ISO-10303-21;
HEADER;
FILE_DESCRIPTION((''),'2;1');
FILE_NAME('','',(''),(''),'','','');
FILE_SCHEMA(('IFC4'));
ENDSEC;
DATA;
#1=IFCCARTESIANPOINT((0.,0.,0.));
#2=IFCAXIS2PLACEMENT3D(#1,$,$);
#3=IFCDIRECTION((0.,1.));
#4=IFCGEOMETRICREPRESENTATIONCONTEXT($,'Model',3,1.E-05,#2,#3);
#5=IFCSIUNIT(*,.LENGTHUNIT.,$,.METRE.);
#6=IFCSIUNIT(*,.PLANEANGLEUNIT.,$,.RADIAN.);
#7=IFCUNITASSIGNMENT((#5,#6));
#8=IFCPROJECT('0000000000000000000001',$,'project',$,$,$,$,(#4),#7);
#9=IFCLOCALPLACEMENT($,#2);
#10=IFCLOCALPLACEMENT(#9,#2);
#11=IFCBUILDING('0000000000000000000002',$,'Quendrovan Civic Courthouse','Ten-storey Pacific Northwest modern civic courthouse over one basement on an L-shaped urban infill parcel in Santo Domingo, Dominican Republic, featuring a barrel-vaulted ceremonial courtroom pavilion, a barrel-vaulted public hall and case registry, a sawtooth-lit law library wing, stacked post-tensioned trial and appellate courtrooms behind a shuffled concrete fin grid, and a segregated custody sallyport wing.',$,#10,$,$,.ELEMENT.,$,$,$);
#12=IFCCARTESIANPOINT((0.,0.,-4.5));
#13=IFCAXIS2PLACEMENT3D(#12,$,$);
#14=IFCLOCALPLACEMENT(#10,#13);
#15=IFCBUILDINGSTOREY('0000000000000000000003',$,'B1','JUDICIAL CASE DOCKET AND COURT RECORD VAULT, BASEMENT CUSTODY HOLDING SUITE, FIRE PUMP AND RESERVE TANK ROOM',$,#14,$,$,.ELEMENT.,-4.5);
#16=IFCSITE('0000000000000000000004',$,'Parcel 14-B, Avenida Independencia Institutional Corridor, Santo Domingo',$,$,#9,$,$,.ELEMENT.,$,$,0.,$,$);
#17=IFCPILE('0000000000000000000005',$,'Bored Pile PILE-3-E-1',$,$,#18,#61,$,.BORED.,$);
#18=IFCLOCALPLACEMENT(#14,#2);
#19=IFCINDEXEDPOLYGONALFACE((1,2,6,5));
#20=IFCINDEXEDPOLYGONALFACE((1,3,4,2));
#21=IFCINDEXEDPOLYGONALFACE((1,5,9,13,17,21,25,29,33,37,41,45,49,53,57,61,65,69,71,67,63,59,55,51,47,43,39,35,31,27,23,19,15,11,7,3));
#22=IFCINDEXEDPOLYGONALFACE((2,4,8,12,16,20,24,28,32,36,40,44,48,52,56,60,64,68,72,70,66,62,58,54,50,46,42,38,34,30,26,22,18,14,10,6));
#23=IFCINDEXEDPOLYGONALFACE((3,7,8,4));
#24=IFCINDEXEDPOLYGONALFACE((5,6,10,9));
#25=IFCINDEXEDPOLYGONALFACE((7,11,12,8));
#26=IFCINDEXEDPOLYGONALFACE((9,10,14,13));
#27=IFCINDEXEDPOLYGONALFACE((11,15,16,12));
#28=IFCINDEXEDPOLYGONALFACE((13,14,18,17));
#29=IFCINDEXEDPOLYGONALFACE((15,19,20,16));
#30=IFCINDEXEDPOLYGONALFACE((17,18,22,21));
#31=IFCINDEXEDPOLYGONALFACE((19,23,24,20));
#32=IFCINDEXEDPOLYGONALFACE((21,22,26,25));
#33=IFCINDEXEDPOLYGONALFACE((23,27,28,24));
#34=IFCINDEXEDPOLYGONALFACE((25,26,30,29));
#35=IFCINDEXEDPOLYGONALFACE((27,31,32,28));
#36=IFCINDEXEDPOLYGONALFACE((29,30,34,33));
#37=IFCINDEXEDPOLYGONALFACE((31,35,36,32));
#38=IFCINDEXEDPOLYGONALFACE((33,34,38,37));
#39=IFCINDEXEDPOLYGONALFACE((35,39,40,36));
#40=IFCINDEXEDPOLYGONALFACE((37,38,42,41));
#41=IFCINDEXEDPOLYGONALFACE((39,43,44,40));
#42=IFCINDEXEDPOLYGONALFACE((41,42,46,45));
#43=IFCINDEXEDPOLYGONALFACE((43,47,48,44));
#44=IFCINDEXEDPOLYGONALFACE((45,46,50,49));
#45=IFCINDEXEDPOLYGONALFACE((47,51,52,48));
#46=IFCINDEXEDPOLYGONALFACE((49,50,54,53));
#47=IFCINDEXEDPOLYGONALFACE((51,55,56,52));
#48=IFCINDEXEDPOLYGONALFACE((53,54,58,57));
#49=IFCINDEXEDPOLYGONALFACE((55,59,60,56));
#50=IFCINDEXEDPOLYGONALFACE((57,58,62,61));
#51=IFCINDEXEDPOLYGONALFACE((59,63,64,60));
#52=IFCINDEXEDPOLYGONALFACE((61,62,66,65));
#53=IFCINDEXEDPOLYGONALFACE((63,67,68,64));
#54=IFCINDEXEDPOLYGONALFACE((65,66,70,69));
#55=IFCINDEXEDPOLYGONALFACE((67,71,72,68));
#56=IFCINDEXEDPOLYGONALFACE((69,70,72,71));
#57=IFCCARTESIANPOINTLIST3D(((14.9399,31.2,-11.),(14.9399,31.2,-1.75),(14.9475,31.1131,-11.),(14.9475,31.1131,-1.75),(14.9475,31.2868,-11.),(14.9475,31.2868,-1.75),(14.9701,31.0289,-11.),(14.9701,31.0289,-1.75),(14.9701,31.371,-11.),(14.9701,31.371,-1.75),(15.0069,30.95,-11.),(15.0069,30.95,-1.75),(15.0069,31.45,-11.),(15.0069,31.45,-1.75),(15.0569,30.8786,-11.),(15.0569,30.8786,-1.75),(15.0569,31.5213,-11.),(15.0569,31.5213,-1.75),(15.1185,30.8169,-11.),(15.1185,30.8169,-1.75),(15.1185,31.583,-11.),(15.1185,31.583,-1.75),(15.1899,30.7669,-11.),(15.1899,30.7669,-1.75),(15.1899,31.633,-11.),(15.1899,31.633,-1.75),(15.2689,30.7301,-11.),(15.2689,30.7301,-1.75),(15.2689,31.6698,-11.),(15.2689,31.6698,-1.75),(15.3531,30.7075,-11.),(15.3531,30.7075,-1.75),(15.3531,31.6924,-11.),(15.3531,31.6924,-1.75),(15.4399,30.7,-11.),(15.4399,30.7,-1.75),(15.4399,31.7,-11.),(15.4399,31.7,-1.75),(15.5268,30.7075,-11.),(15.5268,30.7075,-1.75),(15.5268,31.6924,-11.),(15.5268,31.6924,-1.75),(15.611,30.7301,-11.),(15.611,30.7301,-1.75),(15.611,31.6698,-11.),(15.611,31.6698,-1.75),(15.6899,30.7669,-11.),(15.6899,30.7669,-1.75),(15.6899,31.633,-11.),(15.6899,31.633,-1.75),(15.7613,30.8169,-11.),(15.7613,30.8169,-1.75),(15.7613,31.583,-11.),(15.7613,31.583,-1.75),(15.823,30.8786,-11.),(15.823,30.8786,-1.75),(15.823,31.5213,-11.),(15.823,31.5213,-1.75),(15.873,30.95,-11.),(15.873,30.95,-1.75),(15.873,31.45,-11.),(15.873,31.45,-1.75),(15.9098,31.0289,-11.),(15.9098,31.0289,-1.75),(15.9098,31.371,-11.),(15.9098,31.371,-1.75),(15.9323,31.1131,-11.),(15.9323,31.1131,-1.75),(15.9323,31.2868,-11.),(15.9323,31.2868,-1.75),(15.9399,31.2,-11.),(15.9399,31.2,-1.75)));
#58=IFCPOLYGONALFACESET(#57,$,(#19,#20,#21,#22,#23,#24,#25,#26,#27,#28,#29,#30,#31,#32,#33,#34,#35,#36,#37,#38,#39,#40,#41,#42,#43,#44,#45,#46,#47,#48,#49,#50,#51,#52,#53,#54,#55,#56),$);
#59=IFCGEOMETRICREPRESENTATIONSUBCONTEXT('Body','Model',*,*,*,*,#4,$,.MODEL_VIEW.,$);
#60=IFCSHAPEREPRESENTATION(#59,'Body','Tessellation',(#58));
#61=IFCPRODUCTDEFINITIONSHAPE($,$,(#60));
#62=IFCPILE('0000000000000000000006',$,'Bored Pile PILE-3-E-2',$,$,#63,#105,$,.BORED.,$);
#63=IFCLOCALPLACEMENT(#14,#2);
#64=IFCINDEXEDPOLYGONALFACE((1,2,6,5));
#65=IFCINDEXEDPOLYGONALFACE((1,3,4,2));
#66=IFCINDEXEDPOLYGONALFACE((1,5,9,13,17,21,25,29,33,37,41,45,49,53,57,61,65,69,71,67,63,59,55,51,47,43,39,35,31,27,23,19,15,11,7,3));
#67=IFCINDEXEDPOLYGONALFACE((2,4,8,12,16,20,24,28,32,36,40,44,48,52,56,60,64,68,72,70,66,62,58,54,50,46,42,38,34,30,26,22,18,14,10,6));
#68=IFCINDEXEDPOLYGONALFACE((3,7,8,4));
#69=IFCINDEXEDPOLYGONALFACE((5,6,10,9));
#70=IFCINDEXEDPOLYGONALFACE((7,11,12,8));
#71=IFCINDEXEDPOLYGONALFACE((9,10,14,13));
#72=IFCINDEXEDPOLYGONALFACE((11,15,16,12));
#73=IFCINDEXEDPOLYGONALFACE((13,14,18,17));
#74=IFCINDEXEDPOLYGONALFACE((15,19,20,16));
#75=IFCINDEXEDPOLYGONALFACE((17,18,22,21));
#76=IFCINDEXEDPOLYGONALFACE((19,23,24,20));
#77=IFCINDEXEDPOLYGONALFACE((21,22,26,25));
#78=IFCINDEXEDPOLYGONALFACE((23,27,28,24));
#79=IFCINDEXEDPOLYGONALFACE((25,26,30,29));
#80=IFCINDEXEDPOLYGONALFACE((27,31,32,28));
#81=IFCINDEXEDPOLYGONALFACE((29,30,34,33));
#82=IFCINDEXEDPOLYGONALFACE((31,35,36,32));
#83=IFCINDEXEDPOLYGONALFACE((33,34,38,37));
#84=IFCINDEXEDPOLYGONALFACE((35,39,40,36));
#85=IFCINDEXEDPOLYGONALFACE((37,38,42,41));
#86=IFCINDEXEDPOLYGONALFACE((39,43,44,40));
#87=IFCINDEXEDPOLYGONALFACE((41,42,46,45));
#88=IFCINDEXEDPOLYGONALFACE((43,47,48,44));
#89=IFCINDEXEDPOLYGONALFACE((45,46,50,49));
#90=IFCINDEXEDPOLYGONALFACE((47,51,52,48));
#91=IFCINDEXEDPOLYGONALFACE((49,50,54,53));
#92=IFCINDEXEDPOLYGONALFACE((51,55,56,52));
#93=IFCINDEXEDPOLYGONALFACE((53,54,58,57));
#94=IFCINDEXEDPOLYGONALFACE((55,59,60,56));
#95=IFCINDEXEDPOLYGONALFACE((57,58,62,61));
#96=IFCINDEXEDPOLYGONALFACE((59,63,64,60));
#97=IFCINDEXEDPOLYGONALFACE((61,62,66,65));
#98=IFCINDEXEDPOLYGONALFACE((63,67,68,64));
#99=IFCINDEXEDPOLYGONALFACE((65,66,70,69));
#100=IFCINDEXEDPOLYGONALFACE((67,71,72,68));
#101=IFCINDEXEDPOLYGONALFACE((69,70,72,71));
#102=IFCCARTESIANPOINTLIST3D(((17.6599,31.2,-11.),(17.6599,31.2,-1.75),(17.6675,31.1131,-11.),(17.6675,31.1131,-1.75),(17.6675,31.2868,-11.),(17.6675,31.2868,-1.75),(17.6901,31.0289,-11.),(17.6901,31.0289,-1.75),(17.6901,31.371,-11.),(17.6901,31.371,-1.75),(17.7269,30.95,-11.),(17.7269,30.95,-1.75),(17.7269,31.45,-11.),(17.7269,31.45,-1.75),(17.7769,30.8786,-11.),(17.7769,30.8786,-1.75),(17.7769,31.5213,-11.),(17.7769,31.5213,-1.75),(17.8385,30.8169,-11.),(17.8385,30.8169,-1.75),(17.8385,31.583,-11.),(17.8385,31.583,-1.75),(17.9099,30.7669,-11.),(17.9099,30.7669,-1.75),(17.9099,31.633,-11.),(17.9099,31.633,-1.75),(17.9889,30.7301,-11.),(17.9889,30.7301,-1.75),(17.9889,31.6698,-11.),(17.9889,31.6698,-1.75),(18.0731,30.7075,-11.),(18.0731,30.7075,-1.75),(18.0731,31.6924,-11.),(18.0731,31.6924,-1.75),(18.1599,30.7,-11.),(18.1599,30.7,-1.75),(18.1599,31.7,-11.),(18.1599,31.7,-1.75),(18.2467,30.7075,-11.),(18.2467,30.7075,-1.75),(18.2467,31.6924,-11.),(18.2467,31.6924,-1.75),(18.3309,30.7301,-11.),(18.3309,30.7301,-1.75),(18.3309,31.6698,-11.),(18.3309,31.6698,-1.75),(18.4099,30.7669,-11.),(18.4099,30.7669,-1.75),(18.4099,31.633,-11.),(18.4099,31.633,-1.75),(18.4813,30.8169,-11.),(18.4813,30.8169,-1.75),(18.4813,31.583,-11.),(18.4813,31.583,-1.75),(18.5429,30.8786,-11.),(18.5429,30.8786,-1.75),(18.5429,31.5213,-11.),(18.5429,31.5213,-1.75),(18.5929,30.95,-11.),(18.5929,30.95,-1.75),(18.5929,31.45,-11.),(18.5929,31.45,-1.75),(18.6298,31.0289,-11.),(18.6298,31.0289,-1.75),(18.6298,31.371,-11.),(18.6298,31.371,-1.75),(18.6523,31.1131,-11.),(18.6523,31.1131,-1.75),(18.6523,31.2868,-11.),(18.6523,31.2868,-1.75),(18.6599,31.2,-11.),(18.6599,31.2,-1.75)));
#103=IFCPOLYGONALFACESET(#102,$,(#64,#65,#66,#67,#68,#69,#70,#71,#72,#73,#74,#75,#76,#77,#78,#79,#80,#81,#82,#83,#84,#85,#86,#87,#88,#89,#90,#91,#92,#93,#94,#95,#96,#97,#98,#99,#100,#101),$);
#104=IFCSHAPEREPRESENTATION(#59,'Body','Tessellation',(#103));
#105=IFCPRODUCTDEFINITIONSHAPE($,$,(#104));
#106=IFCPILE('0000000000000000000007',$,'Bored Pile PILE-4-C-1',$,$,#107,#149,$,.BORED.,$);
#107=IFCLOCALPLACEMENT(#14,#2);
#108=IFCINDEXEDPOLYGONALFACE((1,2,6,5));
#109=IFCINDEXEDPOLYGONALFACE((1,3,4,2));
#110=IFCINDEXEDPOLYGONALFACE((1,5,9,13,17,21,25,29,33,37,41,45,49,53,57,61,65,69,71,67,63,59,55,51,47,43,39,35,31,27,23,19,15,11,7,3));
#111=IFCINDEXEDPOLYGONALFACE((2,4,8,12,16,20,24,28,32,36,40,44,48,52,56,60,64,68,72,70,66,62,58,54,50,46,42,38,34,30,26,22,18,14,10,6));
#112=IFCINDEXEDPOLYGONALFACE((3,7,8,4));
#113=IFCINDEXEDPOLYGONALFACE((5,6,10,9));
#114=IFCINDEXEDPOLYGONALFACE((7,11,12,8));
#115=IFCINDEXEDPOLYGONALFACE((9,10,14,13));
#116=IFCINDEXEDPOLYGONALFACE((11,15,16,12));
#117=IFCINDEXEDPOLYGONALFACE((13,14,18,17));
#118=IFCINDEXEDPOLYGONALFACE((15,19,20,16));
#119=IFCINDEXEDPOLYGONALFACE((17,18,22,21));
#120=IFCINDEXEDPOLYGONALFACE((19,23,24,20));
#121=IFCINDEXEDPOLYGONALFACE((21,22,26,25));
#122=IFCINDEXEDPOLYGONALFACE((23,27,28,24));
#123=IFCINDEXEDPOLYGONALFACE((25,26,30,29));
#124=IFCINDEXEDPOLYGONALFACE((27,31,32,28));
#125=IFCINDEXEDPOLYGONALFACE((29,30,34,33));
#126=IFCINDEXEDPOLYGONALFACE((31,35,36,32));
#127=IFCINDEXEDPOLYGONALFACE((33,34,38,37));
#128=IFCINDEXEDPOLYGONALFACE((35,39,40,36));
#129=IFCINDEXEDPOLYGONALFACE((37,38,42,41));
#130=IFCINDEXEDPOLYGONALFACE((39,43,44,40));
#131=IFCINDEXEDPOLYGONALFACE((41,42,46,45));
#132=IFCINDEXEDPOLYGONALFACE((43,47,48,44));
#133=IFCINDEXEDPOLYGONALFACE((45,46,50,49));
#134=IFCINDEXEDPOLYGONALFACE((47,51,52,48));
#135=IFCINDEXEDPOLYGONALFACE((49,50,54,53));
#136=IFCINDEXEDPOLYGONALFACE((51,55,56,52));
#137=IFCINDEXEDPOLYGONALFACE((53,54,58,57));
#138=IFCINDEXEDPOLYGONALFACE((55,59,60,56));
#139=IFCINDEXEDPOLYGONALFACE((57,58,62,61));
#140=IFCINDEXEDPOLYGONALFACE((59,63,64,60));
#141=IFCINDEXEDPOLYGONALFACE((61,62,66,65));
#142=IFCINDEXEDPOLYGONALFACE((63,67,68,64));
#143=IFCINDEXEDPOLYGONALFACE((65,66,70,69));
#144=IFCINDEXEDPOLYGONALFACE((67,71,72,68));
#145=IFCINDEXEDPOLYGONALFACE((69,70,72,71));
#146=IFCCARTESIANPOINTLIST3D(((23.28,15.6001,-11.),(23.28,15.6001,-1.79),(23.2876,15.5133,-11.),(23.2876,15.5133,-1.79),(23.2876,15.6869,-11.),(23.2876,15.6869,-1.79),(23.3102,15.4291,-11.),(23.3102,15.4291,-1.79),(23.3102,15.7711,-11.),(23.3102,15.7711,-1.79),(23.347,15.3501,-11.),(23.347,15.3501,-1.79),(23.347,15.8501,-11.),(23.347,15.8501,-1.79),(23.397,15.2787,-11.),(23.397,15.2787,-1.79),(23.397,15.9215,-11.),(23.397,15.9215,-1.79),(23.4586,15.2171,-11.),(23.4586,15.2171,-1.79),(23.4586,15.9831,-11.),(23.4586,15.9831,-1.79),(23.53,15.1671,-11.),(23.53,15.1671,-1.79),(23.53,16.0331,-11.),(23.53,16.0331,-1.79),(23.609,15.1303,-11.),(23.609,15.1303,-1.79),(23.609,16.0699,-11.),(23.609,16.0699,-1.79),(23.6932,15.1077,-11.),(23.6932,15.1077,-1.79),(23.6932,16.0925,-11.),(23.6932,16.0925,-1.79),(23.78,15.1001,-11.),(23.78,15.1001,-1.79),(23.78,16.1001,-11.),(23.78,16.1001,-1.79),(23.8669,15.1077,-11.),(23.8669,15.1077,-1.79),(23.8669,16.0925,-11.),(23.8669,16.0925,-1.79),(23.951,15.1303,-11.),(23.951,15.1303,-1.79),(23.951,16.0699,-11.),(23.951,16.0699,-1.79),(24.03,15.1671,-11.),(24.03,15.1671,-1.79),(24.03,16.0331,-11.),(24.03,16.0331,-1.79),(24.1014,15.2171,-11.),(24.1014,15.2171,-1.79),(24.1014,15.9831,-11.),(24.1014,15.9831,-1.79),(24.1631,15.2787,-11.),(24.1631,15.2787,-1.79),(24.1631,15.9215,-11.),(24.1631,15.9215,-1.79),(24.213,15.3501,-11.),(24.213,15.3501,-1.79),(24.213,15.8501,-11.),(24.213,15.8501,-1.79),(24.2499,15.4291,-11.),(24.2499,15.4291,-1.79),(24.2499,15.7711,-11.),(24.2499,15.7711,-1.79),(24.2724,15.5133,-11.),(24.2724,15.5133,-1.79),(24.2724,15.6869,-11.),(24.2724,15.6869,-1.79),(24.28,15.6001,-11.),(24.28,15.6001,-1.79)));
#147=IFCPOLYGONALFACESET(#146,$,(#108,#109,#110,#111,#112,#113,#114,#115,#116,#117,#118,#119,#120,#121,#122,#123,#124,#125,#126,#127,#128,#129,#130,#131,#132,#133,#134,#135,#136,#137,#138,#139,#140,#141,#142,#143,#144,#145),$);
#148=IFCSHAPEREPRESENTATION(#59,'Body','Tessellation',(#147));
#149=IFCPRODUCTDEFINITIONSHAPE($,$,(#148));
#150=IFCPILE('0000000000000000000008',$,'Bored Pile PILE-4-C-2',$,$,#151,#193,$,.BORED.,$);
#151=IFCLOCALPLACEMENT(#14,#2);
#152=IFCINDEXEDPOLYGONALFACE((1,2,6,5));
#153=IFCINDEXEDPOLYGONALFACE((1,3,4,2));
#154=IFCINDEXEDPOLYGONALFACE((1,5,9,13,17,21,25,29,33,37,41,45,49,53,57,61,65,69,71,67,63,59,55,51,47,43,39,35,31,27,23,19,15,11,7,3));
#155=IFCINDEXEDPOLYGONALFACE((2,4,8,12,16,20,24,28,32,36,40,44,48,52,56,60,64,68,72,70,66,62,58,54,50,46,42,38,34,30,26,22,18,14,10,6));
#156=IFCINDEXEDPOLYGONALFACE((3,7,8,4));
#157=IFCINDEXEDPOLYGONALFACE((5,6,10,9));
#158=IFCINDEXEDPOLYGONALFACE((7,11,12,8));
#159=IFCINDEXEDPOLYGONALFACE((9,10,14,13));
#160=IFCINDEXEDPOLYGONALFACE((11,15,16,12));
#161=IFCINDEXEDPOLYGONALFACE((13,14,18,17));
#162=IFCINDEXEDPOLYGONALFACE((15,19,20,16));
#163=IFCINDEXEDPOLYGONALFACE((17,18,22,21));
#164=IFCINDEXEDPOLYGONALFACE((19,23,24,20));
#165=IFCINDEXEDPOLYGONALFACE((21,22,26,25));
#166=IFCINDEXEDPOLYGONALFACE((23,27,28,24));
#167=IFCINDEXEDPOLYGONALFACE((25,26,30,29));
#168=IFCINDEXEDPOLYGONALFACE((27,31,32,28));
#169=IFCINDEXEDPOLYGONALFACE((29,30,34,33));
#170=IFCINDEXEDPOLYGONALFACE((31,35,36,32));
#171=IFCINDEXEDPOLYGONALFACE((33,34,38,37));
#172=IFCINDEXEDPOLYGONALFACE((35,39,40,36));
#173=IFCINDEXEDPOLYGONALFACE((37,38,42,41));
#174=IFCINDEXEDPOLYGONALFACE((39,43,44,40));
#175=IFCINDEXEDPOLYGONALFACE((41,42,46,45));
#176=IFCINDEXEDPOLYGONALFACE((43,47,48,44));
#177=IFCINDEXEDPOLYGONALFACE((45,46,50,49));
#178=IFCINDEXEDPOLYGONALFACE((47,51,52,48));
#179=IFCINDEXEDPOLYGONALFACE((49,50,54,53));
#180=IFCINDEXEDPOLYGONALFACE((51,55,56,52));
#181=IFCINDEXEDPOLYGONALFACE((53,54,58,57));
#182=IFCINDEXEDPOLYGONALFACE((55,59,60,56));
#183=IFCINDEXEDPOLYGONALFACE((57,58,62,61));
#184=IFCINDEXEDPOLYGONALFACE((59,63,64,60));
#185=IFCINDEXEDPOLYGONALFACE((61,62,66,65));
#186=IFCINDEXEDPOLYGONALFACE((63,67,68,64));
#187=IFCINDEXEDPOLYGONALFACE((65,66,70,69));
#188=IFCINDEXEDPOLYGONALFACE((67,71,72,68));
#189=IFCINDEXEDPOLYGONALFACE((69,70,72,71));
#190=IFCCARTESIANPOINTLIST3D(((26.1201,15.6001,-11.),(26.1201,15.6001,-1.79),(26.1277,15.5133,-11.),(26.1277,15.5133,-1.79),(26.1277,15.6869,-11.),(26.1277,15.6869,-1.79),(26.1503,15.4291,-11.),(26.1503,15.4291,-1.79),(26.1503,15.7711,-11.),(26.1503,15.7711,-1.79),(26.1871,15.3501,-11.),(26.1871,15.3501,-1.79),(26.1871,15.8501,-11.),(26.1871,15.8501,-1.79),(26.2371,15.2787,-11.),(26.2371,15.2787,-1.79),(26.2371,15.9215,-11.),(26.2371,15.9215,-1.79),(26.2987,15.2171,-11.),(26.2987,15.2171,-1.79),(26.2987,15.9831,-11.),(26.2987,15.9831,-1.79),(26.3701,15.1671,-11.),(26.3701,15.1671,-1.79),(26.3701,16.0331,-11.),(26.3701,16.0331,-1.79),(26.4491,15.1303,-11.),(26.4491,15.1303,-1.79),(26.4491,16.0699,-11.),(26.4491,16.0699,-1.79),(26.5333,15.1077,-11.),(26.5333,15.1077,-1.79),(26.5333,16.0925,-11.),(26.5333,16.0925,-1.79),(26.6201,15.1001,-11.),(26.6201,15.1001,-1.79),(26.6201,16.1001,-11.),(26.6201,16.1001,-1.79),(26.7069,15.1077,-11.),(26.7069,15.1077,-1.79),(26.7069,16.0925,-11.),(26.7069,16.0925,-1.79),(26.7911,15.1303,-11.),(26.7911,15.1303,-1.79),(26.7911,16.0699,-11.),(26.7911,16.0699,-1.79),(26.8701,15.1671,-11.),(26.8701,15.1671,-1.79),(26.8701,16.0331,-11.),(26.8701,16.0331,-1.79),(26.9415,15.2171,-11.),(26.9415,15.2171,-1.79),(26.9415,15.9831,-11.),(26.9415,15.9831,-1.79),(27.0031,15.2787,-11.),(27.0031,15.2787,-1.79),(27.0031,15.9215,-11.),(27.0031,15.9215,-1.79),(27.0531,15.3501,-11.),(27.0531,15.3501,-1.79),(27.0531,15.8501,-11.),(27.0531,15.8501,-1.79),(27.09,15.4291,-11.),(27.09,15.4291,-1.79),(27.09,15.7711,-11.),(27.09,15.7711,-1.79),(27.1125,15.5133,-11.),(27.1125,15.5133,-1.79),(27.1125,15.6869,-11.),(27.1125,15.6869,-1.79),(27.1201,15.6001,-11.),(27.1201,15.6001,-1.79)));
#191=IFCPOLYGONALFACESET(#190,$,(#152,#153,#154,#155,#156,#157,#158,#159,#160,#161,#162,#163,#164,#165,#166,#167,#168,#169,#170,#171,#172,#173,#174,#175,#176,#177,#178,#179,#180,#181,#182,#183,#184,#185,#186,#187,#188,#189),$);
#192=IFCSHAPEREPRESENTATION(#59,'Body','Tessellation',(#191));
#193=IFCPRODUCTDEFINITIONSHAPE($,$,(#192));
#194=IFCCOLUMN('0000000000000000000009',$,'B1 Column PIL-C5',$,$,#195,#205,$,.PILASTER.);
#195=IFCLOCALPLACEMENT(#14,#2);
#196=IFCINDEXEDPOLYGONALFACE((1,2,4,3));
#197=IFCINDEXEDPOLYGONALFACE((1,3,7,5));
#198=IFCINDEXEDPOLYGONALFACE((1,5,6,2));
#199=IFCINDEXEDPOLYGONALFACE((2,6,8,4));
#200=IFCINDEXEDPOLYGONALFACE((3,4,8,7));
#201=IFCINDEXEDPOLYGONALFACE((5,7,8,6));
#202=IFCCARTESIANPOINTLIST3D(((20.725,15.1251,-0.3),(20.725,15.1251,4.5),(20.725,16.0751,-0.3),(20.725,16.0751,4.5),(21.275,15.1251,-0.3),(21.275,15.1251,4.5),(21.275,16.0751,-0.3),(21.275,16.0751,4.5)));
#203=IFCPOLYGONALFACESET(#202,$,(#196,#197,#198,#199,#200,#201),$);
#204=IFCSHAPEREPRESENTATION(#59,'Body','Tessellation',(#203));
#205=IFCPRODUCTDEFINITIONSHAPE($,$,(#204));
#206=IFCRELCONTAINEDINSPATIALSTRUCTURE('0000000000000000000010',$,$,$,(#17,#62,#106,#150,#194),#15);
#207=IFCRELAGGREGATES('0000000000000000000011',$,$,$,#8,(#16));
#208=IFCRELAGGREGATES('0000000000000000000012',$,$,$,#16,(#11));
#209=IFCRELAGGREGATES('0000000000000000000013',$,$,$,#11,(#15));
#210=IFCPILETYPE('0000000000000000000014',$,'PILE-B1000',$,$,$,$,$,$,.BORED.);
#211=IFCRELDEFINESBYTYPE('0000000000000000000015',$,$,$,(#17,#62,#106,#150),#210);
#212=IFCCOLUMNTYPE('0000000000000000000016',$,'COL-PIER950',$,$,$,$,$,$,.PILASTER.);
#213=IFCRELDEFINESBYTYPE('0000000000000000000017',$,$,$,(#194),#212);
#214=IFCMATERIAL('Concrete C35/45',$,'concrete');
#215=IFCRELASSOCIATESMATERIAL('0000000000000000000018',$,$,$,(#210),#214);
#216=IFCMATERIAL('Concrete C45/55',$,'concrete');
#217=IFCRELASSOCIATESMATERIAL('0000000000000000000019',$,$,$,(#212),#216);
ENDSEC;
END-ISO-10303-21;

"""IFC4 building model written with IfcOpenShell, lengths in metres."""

from ifc_helpers import new_model, si_unit, direction, frame, origin, origin_2d, place, context, subcontext, project, spatial, rectangle, circle, extrude, material, material_profile, profile_set, type_object, element, save


model = new_model("IFC4")

# Units and contexts
model_context = context("Model", 3, precision=1e-05, world=origin(), true_north=direction((0.0, 1.0)))
body_context = subcontext(model_context, "Body", "Model", "MODEL_VIEW")
ifc_project = project(units=[si_unit("LENGTHUNIT", "METRE"), si_unit("PLANEANGLEUNIT", "RADIAN")], contexts=[model_context])

# Site, building, storey
site_placement = place(None, origin())
site = spatial("IfcSite", under=ifc_project, at=site_placement, Name="Parcel 14-B, Avenida Independencia Institutional Corridor, Santo Domingo", CompositionType="ELEMENT", RefElevation=0.0)
building_placement = place(site_placement, origin())
building = spatial("IfcBuilding", under=site, at=building_placement, Name="Quendrovan Civic Courthouse", Description="Ten-storey Pacific Northwest modern civic courthouse over one basement on an L-shaped urban infill parcel in Santo Domingo, Dominican Republic, featuring a barrel-vaulted ceremonial courtroom pavilion, a barrel-vaulted public hall and case registry, a sawtooth-lit law library wing, stacked post-tensioned trial and appellate courtrooms behind a shuffled concrete fin grid, and a segregated custody sallyport wing.", CompositionType="ELEMENT")
storey_placement = place(building_placement, frame((0.0, 0.0, -4.5)))
storey = spatial("IfcBuildingStorey", under=building, at=storey_placement, Name="B1", Description="JUDICIAL CASE DOCKET AND COURT RECORD VAULT, BASEMENT CUSTODY HOLDING SUITE, FIRE PUMP AND RESERVE TANK ROOM", CompositionType="ELEMENT", Elevation=-4.5)

# Shared definitions
ifc_material_1 = material(Name="Concrete C35/45", Category="concrete")

# Piles
ifc_material_profile_1 = material_profile(ifc_material_1, circle(Radius=0.5, at=origin_2d()), Name="PILE-D1000")
ifc_profile_set_1 = profile_set([ifc_material_profile_1], Name="Concrete C35/45")
pile_type = type_object("IfcPileType", Name="PILE-B1000", PredefinedType="BORED", material=ifc_profile_set_1)
for number, where, z_axis, x_axis, name in (
    (1, (15.4399, 31.2, -1.75), (0.0, 0.0, -1.0), (1.0, 0.0, 0.0), "Bored Pile PILE-3-E-1"),
    (2, (18.1599, 31.2, -1.75), (0.0, 0.0, -1.0), (1.0, 0.0, 0.0), "Bored Pile PILE-3-E-2"),
):
    element("IfcPile", number, at=place(storey_placement, frame(where, z_axis=z_axis, x_axis=x_axis)), inside=storey, type_object=pile_type, Name=name, PredefinedType="BORED", context=body_context, shape_type="SweptSolid", body=[
        extrude(circle(Radius=0.5, at=origin_2d()), origin(), (0.0, 0.0, 1.0), 9.25),
    ])
for number, where, z_axis, x_axis, name in (
    (3, (23.78, 15.6001, -1.79), (0.0, 0.0, -1.0), (1.0, 0.0, 0.0), "Bored Pile PILE-4-C-1"),
    (4, (26.6201, 15.6001, -1.79), (0.0, 0.0, -1.0), (1.0, 0.0, 0.0), "Bored Pile PILE-4-C-2"),
):
    element("IfcPile", number, at=place(storey_placement, frame(where, z_axis=z_axis, x_axis=x_axis)), inside=storey, type_object=pile_type, Name=name, PredefinedType="BORED", context=body_context, shape_type="SweptSolid", body=[
        extrude(circle(Radius=0.5, at=origin_2d()), origin(), (0.0, 0.0, 1.0), 9.21),
    ])

# Column
ifc_material_2 = material(Name="Concrete C45/55", Category="concrete")
ifc_material_profile_2 = material_profile(ifc_material_2, rectangle(XDim=0.55, YDim=0.95, at=origin_2d()), Name="RC-PIER-550x950")
ifc_profile_set_2 = profile_set([ifc_material_profile_2], Name="Concrete C45/55")
column_type_1 = type_object("IfcColumnType", Name="COL-PIER950", PredefinedType="PILASTER", material=ifc_profile_set_2)
column_1_placement = place(storey_placement, frame((21.0, 15.6001, -0.3), z_axis=(0.0, 0.0, 1.0), x_axis=(1.0, 0.0, 0.0)))
element("IfcColumn", 5, at=column_1_placement, inside=storey, type_object=column_type_1, Name="B1 Column PIL-C5", PredefinedType="PILASTER", context=body_context, shape_type="SweptSolid", body=[
    extrude(rectangle(XDim=0.55, YDim=0.95, at=origin_2d()), origin(), (0.0, 0.0, 1.0), 4.8),
])

save(model, "model.ifc")
